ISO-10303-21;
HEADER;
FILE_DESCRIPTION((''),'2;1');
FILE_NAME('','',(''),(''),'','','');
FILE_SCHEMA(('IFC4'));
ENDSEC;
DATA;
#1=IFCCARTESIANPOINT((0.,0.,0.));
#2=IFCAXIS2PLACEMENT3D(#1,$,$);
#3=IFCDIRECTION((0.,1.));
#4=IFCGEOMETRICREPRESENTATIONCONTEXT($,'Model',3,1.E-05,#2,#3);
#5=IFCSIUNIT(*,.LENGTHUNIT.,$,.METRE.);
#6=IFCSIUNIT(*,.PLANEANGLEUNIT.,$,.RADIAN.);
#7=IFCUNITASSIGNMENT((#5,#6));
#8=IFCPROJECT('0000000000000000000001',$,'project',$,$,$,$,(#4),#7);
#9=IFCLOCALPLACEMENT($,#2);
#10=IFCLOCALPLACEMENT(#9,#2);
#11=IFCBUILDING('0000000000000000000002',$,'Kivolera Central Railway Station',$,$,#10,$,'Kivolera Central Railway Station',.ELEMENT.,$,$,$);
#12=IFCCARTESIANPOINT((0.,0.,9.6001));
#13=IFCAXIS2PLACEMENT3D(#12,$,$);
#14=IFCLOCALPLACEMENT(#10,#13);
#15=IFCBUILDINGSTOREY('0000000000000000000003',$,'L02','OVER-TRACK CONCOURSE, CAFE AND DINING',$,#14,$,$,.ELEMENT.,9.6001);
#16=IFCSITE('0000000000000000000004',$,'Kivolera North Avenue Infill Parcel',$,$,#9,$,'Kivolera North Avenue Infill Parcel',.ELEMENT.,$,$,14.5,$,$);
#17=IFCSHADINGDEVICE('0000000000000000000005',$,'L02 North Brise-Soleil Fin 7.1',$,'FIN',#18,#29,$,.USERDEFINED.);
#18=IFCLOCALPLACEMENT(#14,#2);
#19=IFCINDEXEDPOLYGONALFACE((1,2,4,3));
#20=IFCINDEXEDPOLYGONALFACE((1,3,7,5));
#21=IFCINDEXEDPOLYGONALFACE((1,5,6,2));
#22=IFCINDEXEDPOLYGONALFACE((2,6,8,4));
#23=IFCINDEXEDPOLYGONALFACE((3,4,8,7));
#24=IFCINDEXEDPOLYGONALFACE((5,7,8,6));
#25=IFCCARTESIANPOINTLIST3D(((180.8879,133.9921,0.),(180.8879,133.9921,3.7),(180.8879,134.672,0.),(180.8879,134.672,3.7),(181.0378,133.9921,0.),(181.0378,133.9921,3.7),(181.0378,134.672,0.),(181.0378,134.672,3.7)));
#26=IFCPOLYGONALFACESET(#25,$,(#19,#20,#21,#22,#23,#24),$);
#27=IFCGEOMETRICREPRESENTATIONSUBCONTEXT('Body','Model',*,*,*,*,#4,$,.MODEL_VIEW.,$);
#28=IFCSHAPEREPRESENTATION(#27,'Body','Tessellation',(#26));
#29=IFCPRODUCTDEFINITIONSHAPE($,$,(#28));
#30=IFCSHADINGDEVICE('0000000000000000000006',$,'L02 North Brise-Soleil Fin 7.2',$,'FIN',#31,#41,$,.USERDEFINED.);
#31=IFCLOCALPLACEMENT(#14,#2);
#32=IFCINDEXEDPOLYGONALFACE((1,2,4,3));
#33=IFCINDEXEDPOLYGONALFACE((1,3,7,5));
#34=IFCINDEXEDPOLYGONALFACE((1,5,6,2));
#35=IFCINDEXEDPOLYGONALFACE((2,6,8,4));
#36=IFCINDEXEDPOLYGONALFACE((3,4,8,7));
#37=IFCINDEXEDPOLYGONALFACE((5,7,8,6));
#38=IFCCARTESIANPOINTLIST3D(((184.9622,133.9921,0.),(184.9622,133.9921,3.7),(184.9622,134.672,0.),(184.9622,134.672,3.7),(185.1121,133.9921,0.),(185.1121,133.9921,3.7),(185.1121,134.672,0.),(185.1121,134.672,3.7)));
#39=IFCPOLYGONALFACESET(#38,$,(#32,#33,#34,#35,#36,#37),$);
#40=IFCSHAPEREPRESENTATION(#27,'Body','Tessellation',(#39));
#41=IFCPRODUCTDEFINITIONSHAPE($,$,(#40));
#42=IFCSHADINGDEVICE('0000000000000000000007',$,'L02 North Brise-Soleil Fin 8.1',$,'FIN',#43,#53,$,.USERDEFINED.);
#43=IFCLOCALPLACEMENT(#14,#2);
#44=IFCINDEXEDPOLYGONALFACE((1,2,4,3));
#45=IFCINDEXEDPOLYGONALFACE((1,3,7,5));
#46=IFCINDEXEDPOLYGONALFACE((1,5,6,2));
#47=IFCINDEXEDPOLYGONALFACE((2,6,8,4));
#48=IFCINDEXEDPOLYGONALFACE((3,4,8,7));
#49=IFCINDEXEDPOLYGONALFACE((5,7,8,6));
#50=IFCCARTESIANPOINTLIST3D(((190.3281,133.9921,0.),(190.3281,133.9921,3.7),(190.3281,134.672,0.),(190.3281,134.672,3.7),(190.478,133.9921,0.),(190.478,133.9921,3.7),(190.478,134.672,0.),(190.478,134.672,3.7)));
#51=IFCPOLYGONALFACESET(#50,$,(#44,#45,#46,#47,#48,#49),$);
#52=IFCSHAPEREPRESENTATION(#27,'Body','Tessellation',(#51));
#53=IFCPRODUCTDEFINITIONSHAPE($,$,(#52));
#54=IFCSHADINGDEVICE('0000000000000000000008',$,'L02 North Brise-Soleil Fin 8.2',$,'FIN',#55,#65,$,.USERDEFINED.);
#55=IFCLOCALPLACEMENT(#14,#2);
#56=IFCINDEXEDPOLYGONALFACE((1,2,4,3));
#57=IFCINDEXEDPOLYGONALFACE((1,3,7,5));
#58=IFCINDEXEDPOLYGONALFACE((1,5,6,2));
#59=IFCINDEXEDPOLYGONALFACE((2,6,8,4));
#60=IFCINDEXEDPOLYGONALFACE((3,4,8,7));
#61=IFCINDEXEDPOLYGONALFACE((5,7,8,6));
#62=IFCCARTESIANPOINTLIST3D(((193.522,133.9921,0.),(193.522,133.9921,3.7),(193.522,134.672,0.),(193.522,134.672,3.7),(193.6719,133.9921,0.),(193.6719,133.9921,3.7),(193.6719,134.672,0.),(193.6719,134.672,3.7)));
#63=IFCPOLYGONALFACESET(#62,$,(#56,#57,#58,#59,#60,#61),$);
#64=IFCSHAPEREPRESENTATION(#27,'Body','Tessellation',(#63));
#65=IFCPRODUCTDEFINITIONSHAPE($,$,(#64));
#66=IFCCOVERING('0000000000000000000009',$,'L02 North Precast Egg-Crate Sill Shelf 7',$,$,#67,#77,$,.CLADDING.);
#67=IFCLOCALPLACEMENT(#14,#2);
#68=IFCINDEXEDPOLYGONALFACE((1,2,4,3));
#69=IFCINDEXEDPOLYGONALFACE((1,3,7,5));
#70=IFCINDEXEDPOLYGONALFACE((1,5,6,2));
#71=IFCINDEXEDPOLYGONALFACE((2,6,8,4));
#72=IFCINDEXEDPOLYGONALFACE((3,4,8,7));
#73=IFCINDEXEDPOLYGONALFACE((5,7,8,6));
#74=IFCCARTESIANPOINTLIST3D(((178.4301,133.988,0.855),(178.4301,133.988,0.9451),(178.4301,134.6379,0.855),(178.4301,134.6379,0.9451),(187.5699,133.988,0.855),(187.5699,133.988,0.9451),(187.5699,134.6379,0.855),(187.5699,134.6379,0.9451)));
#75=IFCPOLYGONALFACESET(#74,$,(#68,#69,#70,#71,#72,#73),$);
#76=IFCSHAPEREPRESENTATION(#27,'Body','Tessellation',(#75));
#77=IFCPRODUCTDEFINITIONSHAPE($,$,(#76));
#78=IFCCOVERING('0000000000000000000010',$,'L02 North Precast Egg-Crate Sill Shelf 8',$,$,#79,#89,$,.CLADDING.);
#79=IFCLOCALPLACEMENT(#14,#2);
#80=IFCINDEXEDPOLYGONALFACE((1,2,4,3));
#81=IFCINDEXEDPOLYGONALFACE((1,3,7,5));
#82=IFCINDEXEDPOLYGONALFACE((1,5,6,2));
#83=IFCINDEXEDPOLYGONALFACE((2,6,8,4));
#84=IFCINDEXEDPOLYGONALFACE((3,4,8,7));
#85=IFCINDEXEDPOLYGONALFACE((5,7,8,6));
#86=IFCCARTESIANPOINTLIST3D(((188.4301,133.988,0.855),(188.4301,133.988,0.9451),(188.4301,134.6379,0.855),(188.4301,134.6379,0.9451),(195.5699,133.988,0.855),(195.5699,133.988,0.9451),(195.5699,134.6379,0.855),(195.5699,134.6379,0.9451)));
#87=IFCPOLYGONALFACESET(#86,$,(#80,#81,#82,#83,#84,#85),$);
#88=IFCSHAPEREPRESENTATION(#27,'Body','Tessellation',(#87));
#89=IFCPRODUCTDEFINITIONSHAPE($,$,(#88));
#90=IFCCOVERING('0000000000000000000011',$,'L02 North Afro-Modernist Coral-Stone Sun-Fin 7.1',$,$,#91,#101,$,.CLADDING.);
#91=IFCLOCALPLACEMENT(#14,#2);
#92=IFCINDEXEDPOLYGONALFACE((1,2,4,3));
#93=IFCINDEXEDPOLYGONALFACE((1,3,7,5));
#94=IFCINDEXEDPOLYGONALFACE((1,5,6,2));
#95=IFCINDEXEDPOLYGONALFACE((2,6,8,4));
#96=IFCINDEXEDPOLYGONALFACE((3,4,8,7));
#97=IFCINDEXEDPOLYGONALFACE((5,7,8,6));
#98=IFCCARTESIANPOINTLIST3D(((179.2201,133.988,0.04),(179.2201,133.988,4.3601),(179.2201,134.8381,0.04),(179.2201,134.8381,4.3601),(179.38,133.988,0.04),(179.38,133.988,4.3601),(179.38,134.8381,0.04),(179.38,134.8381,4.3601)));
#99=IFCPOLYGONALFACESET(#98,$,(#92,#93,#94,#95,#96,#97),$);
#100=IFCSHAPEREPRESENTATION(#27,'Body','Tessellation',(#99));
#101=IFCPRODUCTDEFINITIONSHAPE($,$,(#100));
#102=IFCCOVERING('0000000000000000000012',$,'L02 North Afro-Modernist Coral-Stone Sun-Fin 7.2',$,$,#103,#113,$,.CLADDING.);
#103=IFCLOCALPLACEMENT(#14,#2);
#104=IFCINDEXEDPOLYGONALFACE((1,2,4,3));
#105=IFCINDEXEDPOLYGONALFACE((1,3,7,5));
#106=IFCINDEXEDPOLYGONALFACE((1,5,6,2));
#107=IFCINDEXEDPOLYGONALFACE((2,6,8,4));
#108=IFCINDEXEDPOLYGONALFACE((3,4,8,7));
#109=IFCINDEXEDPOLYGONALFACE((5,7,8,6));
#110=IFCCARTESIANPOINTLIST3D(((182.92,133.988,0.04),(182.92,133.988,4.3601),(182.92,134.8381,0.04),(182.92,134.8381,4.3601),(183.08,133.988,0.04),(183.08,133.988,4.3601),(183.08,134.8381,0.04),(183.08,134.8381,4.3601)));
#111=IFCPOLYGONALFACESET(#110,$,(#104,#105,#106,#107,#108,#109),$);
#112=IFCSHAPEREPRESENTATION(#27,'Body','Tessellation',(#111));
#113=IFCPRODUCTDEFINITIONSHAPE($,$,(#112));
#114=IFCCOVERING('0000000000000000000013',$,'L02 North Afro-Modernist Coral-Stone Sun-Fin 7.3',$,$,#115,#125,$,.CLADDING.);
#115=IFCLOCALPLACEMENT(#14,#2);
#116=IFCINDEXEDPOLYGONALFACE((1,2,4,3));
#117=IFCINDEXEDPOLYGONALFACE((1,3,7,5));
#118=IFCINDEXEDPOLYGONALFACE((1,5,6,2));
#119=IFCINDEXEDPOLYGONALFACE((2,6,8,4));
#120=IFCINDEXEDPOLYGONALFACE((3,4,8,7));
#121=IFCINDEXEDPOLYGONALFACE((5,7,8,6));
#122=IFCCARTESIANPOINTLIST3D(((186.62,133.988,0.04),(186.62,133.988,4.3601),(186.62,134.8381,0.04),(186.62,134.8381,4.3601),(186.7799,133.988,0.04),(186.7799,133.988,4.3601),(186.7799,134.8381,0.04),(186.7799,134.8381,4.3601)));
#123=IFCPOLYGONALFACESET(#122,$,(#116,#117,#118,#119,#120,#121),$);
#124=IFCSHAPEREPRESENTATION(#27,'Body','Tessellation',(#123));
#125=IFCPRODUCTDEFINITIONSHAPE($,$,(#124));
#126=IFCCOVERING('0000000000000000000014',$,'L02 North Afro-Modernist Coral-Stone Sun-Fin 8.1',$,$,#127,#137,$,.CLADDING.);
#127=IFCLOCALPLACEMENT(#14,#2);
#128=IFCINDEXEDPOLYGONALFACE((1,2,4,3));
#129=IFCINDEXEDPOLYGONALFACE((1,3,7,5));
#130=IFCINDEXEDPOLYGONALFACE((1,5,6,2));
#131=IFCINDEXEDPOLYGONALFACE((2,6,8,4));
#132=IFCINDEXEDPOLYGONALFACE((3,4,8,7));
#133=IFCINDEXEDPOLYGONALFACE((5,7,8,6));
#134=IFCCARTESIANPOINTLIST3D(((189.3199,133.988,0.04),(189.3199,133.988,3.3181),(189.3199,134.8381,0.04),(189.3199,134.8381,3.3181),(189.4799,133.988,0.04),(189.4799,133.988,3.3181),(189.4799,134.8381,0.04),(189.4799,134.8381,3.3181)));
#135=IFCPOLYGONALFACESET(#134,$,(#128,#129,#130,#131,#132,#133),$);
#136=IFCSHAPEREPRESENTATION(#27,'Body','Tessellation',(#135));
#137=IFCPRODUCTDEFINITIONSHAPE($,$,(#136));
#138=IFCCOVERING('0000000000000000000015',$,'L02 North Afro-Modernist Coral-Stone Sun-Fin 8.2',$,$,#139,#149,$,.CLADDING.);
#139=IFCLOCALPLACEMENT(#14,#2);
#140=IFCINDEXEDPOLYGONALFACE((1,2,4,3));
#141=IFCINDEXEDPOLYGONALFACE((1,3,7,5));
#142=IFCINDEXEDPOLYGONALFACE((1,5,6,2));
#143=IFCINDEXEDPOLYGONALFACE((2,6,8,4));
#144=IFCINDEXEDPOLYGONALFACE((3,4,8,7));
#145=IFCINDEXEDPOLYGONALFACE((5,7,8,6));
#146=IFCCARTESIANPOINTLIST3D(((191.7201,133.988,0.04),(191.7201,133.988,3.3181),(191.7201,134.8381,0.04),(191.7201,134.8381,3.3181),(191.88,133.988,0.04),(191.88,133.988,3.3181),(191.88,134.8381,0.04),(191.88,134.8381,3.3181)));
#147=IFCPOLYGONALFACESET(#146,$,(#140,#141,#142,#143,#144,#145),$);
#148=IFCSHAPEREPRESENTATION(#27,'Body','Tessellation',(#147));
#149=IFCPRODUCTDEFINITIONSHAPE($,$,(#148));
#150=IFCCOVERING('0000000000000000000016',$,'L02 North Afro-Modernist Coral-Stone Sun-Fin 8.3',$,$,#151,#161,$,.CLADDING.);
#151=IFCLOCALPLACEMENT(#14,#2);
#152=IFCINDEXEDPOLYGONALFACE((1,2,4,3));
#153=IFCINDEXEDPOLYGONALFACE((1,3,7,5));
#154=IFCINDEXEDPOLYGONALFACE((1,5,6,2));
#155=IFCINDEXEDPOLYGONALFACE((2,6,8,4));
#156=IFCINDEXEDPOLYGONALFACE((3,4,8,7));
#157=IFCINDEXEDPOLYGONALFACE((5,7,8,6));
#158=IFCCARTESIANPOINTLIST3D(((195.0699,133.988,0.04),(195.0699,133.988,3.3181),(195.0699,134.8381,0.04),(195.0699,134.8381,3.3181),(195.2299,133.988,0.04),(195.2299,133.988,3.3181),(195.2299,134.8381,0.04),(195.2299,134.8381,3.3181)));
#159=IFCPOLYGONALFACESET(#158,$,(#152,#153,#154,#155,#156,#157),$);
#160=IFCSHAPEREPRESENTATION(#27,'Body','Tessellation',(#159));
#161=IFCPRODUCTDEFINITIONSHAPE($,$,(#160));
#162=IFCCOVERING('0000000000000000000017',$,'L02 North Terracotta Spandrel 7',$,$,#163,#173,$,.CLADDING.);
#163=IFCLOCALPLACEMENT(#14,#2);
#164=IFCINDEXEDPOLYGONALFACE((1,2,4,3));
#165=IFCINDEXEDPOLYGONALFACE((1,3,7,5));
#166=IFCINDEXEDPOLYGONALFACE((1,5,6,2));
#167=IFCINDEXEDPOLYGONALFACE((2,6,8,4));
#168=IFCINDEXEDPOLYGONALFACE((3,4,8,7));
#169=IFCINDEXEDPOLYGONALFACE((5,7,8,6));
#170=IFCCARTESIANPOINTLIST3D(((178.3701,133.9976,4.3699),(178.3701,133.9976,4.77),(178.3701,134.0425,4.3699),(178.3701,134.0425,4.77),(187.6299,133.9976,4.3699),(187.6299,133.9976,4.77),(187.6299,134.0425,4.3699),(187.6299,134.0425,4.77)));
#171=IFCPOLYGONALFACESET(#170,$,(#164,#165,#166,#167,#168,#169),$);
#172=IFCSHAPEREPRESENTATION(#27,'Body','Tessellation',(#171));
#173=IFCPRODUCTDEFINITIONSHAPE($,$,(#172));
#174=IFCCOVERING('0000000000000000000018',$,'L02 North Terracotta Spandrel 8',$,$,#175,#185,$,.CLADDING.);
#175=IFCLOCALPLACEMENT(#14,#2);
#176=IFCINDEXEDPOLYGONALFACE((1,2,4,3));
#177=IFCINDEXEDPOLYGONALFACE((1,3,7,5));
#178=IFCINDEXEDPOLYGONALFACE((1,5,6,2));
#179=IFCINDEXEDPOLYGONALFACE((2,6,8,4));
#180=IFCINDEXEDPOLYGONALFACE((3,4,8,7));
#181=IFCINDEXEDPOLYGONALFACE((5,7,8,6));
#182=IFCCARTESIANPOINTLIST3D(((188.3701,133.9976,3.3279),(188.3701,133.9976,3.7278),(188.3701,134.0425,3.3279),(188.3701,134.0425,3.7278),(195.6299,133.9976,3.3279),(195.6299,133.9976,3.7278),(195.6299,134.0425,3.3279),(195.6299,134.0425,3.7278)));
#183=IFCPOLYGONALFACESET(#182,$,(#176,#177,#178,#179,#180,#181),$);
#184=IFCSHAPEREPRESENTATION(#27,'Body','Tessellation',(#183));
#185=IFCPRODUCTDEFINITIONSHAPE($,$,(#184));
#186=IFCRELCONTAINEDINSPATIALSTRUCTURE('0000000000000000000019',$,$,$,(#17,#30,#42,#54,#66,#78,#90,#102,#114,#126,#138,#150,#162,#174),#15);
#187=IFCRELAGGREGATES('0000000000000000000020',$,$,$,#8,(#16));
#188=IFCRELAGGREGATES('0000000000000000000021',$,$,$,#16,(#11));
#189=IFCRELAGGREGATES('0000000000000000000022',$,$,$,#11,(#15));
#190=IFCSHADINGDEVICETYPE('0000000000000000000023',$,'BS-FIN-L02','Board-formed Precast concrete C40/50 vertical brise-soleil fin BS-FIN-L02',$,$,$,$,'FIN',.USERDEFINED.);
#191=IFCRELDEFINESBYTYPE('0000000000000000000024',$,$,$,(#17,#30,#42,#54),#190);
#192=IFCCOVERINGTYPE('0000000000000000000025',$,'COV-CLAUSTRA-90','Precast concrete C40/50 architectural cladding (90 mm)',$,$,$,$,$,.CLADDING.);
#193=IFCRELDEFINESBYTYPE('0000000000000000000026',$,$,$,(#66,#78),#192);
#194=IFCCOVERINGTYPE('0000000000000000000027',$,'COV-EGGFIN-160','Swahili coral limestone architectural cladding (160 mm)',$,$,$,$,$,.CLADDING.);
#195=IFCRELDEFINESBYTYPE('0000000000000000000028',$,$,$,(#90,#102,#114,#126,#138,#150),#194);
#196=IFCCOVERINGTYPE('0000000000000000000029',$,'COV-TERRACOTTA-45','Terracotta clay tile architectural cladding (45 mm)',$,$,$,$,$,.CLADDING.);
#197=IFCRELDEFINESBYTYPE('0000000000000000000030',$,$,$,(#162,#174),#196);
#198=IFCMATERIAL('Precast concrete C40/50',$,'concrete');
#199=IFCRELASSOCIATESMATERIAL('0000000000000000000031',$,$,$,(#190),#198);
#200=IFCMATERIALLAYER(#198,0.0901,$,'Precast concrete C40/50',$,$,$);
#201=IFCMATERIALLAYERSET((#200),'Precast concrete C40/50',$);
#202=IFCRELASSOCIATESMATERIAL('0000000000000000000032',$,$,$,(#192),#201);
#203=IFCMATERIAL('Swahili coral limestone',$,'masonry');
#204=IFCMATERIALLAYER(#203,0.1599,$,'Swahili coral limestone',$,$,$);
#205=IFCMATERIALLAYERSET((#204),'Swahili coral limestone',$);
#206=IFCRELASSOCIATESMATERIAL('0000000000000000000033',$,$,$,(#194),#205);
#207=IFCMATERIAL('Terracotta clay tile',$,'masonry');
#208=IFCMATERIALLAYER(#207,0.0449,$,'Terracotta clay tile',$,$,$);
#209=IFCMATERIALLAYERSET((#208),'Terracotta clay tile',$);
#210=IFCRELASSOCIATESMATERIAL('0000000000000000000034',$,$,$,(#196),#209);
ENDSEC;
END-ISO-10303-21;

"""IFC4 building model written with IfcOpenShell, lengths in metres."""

from ifc_helpers import new_model, si_unit, direction, frame, frame_2d, origin, origin_2d, place, context, subcontext, project, spatial, rectangle, extrude, material, layer, layer_set, type_object, element, save


model = new_model("IFC4")

# Units and contexts
model_context = context("Model", 3, precision=1e-05, world=origin(), true_north=direction((0.0, 1.0)))
body_context = subcontext(model_context, "Body", "Model", "MODEL_VIEW")
ifc_project = project(units=[si_unit("LENGTHUNIT", "METRE"), si_unit("PLANEANGLEUNIT", "RADIAN")], contexts=[model_context])

# Site, building, storey
site_placement = place(None, origin())
site = spatial("IfcSite", under=ifc_project, at=site_placement, Name="Kivolera North Avenue Infill Parcel", LongName="Kivolera North Avenue Infill Parcel", CompositionType="ELEMENT", RefElevation=14.5)
building_placement = place(site_placement, origin())
building = spatial("IfcBuilding", under=site, at=building_placement, Name="Kivolera Central Railway Station", LongName="Kivolera Central Railway Station", CompositionType="ELEMENT")
storey_placement = place(building_placement, frame((0.0, 0.0, 9.6001)))
storey = spatial("IfcBuildingStorey", under=building, at=storey_placement, Name="L02", Description="OVER-TRACK CONCOURSE, CAFE AND DINING", CompositionType="ELEMENT", Elevation=9.6001)

# Shared definitions
ifc_material_1 = material(Name="Swahili coral limestone", Category="masonry")

# Shading devices
ifc_material_2 = material(Name="Precast concrete C40/50", Category="concrete")
shading_device_type = type_object("IfcShadingDeviceType", Name="BS-FIN-L02", Description="Board-formed Precast concrete C40/50 vertical brise-soleil fin BS-FIN-L02", ElementType="FIN", PredefinedType="USERDEFINED", material=ifc_material_2)
for number, where, z_axis, x_axis, name in (
    (1, (180.9629, 134.332, 0.0), (0.0, 0.0, 1.0), (1.0, 0.0, 0.0), "L02 North Brise-Soleil Fin 7.1"),
    (2, (185.0371, 134.332, 0.0), (0.0, 0.0, 1.0), (1.0, 0.0, 0.0), "L02 North Brise-Soleil Fin 7.2"),
    (3, (190.4031, 134.332, 0.0), (0.0, 0.0, 1.0), (1.0, 0.0, 0.0), "L02 North Brise-Soleil Fin 8.1"),
    (4, (193.5969, 134.332, 0.0), (0.0, 0.0, 1.0), (1.0, 0.0, 0.0), "L02 North Brise-Soleil Fin 8.2"),
):
    element("IfcShadingDevice", number, at=place(storey_placement, frame(where, z_axis=z_axis, x_axis=x_axis)), inside=storey, type_object=shading_device_type, Name=name, ObjectType="FIN", PredefinedType="USERDEFINED", context=body_context, shape_type="SweptSolid", body=[
        extrude(rectangle(XDim=0.1499, YDim=0.6799, at=origin_2d()), origin(), (0.0, 0.0, 1.0), 3.7),
    ])

# Coverings
ifc_layer_1 = layer(ifc_material_2, 0.0901, Name="Precast concrete C40/50")
ifc_layer_set_1 = layer_set([ifc_layer_1], Name="Precast concrete C40/50")
covering_type_1 = type_object("IfcCoveringType", Name="COV-CLAUSTRA-90", Description="Precast concrete C40/50 architectural cladding (90 mm)", PredefinedType="CLADDING", material=ifc_layer_set_1)
covering_1_placement = place(storey_placement, frame((183.0, 134.313, 0.855), z_axis=(0.0, 0.0, 1.0), x_axis=(1.0, 0.0, 0.0)))
element("IfcCovering", 5, at=covering_1_placement, inside=storey, type_object=covering_type_1, Name="L02 North Precast Egg-Crate Sill Shelf 7", PredefinedType="CLADDING", context=body_context, shape_type="SweptSolid", body=[
    extrude(rectangle(XDim=9.1399, YDim=0.6499, at=origin_2d()), origin(), (0.0, 0.0, 1.0), 0.0901),
])
covering_2_placement = place(storey_placement, frame((192.0, 134.313, 0.855), z_axis=(0.0, 0.0, 1.0), x_axis=(1.0, 0.0, 0.0)))
element("IfcCovering", 6, at=covering_2_placement, inside=storey, type_object=covering_type_1, Name="L02 North Precast Egg-Crate Sill Shelf 8", PredefinedType="CLADDING", context=body_context, shape_type="SweptSolid", body=[
    extrude(rectangle(XDim=7.1399, YDim=0.6499, at=origin_2d()), origin(), (0.0, 0.0, 1.0), 0.0901),
])
ifc_layer_2 = layer(ifc_material_1, 0.1599, Name="Swahili coral limestone")
ifc_layer_set_2 = layer_set([ifc_layer_2], Name="Swahili coral limestone")
covering_type_2 = type_object("IfcCoveringType", Name="COV-EGGFIN-160", Description="Swahili coral limestone architectural cladding (160 mm)", PredefinedType="CLADDING", material=ifc_layer_set_2)
for number, where, z_axis, x_axis, name in (
    (7, (179.3, 134.4131, 0.04), (0.0, 0.0, 1.0), (1.0, 0.0, 0.0), "L02 North Afro-Modernist Coral-Stone Sun-Fin 7.1"),
    (8, (183.0, 134.4131, 0.04), (0.0, 0.0, 1.0), (1.0, 0.0, 0.0), "L02 North Afro-Modernist Coral-Stone Sun-Fin 7.2"),
    (9, (186.7, 134.4131, 0.04), (0.0, 0.0, 1.0), (1.0, 0.0, 0.0), "L02 North Afro-Modernist Coral-Stone Sun-Fin 7.3"),
):
    element("IfcCovering", number, at=place(storey_placement, frame(where, z_axis=z_axis, x_axis=x_axis)), inside=storey, type_object=covering_type_2, Name=name, PredefinedType="CLADDING", context=body_context, shape_type="SweptSolid", body=[
        extrude(rectangle(XDim=0.1599, YDim=0.8501, at=origin_2d()), origin(), (0.0, 0.0, 1.0), 4.3201),
    ])
for number, where, z_axis, x_axis, name in (
    (10, (189.3999, 134.4131, 0.04), (0.0, 0.0, 1.0), (1.0, 0.0, 0.0), "L02 North Afro-Modernist Coral-Stone Sun-Fin 8.1"),
    (11, (191.8, 134.4131, 0.04), (0.0, 0.0, 1.0), (1.0, 0.0, 0.0), "L02 North Afro-Modernist Coral-Stone Sun-Fin 8.2"),
    (12, (195.1499, 134.4131, 0.04), (0.0, 0.0, 1.0), (1.0, 0.0, 0.0), "L02 North Afro-Modernist Coral-Stone Sun-Fin 8.3"),
):
    element("IfcCovering", number, at=place(storey_placement, frame(where, z_axis=z_axis, x_axis=x_axis)), inside=storey, type_object=covering_type_2, Name=name, PredefinedType="CLADDING", context=body_context, shape_type="SweptSolid", body=[
        extrude(rectangle(XDim=0.1599, YDim=0.8501, at=origin_2d()), origin(), (0.0, 0.0, 1.0), 3.2781),
    ])
ifc_material_3 = material(Name="Terracotta clay tile", Category="masonry")
ifc_layer_3 = layer(ifc_material_3, 0.0449, Name="Terracotta clay tile")
ifc_layer_set_3 = layer_set([ifc_layer_3], Name="Terracotta clay tile")
covering_type_3 = type_object("IfcCoveringType", Name="COV-TERRACOTTA-45", Description="Terracotta clay tile architectural cladding (45 mm)", PredefinedType="CLADDING", material=ifc_layer_set_3)
covering_3_placement = place(storey_placement, frame((178.3701, 134.02, 4.3699), z_axis=(0.0, 0.0, 1.0), x_axis=(1.0, 0.0, 0.0)))
element("IfcCovering", 13, at=covering_3_placement, inside=storey, type_object=covering_type_3, Name="L02 North Terracotta Spandrel 7", PredefinedType="CLADDING", context=body_context, shape_type="SweptSolid", body=[
    extrude(rectangle(XDim=9.2598, YDim=0.0449, at=frame_2d((4.6299, 0.0))), origin(), (0.0, 0.0, 1.0), 0.4001),
])
covering_4_placement = place(storey_placement, frame((188.3701, 134.02, 3.3279), z_axis=(0.0, 0.0, 1.0), x_axis=(1.0, 0.0, 0.0)))
element("IfcCovering", 14, at=covering_4_placement, inside=storey, type_object=covering_type_3, Name="L02 North Terracotta Spandrel 8", PredefinedType="CLADDING", context=body_context, shape_type="SweptSolid", body=[
    extrude(rectangle(XDim=7.2598, YDim=0.0449, at=frame_2d((3.6299, 0.0))), origin(), (0.0, 0.0, 1.0), 0.3999),
])

save(model, "model.ifc")
